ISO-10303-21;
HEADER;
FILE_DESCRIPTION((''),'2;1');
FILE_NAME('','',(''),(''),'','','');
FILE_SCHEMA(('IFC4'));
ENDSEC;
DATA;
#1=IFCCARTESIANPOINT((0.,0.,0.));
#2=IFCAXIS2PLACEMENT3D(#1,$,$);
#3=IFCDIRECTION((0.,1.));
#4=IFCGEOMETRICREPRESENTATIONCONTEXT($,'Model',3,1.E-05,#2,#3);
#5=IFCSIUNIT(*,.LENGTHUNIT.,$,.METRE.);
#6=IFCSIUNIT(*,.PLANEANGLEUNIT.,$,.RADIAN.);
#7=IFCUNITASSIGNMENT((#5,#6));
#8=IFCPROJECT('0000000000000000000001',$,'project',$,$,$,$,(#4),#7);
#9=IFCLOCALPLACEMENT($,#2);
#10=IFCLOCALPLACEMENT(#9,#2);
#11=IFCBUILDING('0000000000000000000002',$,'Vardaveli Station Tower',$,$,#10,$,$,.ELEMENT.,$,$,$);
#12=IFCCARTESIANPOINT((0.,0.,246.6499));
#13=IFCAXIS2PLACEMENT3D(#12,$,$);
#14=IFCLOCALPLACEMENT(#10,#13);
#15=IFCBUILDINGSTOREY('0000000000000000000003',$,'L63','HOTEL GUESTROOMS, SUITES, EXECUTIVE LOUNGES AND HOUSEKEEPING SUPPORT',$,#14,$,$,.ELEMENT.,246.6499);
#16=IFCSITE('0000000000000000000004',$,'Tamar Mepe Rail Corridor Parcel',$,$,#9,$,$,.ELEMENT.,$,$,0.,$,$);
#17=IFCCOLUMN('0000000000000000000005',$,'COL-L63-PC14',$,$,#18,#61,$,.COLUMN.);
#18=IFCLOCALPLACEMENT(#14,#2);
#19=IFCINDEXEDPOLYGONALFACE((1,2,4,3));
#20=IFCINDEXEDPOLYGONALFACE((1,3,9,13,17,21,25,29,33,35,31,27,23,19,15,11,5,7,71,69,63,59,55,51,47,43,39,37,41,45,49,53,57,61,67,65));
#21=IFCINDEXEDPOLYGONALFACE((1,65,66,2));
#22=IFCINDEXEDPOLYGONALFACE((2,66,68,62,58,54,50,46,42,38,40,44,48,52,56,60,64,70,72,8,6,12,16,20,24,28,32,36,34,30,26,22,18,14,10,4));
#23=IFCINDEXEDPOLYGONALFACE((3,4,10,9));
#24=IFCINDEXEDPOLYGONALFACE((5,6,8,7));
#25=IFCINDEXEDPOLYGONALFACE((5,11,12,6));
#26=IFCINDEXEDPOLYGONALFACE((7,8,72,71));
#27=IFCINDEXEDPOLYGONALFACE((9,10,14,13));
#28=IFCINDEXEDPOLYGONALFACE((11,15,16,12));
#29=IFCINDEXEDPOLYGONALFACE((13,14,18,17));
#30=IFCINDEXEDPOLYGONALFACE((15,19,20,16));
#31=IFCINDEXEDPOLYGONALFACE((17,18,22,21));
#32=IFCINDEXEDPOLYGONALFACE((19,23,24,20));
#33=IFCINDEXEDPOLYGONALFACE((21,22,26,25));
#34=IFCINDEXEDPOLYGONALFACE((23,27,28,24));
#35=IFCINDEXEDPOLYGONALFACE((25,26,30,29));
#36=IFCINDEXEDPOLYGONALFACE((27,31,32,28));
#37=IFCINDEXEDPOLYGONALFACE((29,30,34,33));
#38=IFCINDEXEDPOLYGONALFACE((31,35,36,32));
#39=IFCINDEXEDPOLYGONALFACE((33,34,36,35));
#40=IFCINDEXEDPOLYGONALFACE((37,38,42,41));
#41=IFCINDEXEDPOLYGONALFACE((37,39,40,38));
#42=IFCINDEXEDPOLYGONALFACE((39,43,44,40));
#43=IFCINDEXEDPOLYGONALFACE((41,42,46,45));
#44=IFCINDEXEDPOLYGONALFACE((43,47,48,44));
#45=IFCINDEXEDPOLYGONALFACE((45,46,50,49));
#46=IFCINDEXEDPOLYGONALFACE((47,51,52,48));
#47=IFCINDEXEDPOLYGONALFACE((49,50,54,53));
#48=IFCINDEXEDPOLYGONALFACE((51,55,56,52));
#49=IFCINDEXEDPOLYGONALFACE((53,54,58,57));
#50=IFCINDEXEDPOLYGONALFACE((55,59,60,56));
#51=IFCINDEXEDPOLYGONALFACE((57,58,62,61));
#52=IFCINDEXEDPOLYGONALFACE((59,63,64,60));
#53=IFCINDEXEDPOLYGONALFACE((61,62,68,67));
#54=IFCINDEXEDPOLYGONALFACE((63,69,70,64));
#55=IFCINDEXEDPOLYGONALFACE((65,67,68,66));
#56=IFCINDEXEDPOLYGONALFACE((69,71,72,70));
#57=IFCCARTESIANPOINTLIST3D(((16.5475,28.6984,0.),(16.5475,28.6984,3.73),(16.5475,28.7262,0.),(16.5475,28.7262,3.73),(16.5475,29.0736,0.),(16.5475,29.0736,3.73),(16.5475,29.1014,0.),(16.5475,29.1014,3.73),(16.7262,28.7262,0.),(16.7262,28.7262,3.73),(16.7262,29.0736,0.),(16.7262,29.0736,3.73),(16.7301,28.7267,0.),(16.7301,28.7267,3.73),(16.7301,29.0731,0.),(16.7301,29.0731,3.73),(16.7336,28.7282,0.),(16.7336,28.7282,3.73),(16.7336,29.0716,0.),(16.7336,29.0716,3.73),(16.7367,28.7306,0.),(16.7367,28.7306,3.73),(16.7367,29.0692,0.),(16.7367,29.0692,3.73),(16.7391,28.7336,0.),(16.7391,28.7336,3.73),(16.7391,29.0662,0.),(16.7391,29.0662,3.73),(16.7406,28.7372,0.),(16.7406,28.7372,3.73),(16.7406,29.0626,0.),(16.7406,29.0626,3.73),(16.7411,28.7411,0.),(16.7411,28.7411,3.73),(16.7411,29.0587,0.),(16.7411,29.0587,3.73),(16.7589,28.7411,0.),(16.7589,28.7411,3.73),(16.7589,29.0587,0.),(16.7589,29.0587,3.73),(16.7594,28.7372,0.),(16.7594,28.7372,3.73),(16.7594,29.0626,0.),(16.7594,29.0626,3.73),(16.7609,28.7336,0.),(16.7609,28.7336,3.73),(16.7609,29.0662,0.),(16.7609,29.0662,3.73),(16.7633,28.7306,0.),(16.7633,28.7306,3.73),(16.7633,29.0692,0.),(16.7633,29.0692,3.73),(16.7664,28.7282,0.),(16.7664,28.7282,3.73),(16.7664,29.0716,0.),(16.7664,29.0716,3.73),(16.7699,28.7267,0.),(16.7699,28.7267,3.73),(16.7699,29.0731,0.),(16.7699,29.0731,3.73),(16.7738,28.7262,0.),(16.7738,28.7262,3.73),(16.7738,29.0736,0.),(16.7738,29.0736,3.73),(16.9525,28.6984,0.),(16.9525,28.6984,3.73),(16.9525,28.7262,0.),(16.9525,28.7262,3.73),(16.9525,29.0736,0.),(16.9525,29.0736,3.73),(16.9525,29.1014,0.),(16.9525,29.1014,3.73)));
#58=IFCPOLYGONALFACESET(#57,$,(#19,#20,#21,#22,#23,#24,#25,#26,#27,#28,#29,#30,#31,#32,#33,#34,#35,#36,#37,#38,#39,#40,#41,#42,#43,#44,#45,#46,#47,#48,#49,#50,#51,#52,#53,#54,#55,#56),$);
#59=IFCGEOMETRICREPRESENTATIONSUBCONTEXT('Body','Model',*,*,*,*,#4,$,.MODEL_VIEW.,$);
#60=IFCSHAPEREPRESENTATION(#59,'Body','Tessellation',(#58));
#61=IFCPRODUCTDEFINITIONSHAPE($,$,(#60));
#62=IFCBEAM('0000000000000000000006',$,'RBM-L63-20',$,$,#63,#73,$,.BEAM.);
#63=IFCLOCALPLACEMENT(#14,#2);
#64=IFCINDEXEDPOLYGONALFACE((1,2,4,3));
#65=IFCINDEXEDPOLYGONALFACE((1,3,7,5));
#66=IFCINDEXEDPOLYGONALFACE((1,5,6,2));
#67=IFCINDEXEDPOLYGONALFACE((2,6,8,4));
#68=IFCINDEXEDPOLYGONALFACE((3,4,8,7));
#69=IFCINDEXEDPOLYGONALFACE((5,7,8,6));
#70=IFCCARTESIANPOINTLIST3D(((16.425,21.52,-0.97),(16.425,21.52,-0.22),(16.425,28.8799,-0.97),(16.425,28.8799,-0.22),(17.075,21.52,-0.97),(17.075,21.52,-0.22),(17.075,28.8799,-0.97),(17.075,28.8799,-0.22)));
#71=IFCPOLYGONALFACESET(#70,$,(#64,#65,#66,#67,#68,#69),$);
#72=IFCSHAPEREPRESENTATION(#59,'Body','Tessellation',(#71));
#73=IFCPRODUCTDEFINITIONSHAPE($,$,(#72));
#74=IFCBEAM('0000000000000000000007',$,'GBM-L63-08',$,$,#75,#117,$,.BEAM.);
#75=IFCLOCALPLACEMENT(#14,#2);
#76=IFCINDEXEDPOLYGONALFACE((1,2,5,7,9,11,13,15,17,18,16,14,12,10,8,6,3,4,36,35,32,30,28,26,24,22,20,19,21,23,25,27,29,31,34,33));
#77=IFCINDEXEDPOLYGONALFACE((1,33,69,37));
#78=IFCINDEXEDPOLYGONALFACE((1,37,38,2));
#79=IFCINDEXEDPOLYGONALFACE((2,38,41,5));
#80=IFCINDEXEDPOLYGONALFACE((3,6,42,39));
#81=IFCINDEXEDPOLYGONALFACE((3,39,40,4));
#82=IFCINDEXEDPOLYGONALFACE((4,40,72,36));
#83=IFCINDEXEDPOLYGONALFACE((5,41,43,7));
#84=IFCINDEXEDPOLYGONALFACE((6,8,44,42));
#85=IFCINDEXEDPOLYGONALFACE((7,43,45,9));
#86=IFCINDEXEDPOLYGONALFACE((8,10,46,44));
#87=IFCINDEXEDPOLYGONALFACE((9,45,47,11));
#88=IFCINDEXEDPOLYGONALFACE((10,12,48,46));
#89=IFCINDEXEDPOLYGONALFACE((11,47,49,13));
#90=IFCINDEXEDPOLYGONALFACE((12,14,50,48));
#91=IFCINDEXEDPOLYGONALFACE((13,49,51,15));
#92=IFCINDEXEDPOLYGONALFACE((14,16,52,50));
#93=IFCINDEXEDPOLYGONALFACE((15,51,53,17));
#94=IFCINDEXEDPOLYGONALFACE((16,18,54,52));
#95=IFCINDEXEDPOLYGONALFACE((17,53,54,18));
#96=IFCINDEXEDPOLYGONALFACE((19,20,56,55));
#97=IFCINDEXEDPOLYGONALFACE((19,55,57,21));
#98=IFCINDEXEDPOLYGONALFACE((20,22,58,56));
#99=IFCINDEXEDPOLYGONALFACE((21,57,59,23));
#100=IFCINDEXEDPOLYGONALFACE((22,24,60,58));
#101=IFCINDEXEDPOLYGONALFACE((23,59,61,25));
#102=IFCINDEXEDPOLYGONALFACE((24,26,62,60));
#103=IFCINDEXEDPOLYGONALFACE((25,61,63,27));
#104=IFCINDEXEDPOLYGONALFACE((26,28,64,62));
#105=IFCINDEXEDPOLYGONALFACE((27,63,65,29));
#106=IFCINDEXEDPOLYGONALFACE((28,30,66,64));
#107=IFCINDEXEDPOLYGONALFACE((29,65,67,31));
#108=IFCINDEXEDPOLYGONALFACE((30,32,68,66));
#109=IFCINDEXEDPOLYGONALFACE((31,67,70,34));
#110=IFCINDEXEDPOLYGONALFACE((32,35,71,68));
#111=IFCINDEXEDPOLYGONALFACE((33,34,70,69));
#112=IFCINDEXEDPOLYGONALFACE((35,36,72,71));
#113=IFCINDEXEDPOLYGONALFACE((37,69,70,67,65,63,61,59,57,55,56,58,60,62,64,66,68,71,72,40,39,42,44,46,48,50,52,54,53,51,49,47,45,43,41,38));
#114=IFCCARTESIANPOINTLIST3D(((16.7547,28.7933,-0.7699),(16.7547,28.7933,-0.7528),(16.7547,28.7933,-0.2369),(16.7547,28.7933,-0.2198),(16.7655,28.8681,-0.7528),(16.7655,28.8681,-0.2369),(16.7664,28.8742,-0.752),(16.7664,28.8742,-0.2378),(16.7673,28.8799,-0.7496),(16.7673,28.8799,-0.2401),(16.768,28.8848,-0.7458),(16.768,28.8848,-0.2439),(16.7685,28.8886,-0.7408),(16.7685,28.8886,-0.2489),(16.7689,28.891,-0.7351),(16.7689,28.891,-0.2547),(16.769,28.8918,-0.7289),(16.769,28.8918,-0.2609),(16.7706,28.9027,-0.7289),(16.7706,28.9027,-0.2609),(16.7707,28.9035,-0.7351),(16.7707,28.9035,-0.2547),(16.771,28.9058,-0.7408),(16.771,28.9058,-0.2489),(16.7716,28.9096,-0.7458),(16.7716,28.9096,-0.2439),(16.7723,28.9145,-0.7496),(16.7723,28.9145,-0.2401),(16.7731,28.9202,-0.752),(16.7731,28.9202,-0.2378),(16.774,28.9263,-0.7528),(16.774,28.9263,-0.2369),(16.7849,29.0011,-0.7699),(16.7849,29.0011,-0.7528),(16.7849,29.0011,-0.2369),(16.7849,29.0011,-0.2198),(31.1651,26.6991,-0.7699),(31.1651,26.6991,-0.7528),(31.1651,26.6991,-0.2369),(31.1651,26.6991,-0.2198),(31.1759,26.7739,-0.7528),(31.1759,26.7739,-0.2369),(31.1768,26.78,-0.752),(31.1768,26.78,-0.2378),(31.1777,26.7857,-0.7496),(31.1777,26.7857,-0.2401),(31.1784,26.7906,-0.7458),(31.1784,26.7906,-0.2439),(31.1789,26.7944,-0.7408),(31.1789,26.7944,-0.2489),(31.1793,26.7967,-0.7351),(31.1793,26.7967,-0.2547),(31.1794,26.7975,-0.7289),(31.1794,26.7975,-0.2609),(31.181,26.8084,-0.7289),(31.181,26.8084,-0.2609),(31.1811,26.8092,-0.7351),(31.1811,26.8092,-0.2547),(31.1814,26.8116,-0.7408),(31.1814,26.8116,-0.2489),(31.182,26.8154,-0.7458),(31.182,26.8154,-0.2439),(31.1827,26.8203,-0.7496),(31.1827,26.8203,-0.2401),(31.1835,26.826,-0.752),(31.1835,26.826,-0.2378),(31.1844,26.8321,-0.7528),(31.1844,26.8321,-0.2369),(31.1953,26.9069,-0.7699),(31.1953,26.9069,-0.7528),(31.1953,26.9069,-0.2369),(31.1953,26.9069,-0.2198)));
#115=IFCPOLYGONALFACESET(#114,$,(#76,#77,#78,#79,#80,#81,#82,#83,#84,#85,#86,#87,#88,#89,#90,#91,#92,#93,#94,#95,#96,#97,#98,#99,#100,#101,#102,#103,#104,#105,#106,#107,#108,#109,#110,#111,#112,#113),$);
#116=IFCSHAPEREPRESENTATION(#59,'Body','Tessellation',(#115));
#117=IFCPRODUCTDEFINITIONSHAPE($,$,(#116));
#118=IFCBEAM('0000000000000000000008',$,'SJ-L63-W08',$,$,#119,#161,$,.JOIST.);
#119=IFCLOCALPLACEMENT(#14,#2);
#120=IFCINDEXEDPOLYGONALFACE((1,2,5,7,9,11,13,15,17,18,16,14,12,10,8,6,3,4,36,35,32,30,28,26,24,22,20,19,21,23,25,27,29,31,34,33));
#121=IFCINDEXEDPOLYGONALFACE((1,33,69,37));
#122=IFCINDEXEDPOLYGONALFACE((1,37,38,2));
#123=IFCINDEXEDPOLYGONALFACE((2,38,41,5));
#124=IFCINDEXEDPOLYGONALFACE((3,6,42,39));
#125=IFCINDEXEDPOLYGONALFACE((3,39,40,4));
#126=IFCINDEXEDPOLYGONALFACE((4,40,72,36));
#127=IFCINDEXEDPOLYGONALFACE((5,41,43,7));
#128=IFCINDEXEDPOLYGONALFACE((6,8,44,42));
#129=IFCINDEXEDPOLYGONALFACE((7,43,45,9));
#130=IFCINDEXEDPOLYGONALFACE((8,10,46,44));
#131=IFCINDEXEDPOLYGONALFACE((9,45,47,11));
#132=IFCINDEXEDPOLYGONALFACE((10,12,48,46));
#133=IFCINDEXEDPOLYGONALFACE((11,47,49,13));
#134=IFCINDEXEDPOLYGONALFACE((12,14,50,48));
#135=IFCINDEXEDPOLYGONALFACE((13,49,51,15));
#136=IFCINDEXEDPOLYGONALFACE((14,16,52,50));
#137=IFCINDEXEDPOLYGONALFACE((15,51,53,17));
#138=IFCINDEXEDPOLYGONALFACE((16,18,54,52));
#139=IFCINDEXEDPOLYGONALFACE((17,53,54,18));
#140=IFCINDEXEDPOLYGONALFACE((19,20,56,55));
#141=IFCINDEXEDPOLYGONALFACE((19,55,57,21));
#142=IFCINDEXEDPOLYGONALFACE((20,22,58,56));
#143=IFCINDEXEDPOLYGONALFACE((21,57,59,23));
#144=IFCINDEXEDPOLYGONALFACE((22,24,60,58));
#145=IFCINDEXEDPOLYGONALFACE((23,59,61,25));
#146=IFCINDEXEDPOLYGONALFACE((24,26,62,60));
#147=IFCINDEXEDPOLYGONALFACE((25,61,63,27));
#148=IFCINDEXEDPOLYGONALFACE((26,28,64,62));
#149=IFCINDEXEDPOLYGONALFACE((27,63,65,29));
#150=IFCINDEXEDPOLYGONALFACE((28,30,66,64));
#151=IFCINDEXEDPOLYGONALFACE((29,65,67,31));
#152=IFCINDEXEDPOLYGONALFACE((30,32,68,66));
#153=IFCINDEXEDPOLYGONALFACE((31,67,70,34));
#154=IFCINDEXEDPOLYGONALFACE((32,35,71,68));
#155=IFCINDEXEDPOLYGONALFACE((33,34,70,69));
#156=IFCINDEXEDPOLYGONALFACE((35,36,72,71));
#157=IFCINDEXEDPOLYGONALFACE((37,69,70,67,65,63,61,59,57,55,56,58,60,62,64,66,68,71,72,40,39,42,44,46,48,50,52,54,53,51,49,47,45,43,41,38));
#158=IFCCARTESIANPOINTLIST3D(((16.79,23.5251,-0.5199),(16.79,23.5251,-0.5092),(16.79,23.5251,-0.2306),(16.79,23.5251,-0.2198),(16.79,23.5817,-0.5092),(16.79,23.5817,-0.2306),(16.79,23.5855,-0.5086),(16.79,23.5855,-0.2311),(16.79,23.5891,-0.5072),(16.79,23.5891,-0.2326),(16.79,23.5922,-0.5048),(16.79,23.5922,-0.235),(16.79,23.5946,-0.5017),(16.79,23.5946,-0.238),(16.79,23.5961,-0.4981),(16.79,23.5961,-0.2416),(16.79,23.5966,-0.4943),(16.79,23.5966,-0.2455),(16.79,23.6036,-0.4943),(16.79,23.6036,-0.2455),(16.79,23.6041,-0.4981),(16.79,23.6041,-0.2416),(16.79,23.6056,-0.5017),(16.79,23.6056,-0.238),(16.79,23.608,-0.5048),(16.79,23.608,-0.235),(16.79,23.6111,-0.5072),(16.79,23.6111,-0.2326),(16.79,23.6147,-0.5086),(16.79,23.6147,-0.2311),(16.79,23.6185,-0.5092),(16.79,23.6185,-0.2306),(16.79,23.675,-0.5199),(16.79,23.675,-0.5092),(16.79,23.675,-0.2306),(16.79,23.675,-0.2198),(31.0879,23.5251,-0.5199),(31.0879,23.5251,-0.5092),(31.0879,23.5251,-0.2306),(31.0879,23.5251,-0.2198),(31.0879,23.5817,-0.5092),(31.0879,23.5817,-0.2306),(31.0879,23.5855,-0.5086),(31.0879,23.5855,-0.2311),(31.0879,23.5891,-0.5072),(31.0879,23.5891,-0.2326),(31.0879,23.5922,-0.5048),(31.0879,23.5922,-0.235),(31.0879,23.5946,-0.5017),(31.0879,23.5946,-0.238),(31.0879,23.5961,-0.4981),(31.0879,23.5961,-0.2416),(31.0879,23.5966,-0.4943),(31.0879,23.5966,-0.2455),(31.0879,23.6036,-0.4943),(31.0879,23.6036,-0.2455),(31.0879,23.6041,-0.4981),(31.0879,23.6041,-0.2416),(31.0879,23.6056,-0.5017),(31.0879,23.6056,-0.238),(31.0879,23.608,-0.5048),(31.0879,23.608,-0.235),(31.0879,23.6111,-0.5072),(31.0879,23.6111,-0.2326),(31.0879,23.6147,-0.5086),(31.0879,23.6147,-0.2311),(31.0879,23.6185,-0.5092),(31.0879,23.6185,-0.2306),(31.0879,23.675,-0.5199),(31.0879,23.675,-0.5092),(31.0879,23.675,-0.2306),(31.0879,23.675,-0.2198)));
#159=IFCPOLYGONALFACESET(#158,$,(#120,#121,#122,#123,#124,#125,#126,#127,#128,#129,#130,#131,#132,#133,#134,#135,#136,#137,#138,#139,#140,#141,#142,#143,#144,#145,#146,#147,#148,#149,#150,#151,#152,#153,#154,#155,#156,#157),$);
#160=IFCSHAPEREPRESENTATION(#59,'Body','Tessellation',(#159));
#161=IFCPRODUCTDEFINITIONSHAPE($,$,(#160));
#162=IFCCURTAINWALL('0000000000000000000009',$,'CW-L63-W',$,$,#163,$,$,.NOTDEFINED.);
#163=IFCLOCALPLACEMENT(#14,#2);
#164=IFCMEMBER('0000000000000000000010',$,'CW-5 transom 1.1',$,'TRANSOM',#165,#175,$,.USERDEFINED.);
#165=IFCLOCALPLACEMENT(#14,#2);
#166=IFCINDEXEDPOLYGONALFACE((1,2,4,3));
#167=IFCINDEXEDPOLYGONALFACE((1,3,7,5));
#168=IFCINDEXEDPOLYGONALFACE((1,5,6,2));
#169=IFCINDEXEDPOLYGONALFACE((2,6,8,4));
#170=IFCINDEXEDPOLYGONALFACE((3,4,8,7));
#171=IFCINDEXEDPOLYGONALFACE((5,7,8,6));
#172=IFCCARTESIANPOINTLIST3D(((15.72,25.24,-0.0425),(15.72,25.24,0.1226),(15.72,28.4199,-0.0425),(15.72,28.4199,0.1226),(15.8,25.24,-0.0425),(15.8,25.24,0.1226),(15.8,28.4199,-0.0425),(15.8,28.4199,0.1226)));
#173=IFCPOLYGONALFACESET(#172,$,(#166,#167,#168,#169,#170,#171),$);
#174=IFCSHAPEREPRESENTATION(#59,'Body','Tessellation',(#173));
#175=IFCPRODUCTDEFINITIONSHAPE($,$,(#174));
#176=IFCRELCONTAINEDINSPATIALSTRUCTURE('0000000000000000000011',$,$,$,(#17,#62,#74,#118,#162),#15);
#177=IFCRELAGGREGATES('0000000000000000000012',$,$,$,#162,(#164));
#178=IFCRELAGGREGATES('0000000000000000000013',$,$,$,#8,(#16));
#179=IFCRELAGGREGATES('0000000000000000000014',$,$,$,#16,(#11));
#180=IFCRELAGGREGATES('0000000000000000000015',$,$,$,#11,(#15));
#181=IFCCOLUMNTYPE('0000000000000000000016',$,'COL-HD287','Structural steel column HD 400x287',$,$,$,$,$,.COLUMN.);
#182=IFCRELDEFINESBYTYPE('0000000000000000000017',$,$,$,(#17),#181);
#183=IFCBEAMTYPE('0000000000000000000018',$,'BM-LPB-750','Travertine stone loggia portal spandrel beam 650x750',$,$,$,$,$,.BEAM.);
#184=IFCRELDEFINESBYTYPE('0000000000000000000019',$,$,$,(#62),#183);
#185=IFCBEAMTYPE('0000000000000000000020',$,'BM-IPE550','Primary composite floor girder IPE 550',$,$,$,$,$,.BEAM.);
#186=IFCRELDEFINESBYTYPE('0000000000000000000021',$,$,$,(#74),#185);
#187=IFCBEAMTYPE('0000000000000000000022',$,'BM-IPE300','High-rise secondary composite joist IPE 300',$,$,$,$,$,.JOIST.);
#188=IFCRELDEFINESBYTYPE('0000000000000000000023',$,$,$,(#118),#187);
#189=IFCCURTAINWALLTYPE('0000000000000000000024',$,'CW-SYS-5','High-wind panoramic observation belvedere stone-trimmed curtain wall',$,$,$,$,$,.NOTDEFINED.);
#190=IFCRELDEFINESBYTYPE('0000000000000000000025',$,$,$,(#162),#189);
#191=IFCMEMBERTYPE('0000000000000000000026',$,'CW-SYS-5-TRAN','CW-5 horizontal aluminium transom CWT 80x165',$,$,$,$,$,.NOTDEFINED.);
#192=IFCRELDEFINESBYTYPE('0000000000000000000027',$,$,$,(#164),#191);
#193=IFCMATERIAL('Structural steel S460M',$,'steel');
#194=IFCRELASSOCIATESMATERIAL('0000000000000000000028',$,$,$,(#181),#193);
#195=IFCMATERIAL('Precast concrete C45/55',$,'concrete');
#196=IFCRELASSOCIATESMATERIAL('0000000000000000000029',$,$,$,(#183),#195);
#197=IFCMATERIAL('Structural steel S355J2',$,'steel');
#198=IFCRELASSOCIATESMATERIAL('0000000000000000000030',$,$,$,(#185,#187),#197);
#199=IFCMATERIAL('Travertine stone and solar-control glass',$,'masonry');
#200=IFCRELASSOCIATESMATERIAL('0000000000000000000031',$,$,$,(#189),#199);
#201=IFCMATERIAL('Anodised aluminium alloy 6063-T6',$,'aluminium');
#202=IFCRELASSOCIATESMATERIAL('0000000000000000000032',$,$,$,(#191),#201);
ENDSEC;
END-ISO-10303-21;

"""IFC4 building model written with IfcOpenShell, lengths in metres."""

from ifc_helpers import new_model, si_unit, direction, frame, origin, origin_2d, place, context, subcontext, project, spatial, rectangle, i_section, extrude, source, transform, mapped, material, material_profile, profile_set, type_object, element, aggregate, save


model = new_model("IFC4")

# Units and contexts
model_context = context("Model", 3, precision=1e-05, world=origin(), true_north=direction((0.0, 1.0)))
body_context = subcontext(model_context, "Body", "Model", "MODEL_VIEW")
ifc_project = project(units=[si_unit("LENGTHUNIT", "METRE"), si_unit("PLANEANGLEUNIT", "RADIAN")], contexts=[model_context])

# Site, building, storey
site_placement = place(None, origin())
site = spatial("IfcSite", under=ifc_project, at=site_placement, Name="Tamar Mepe Rail Corridor Parcel", CompositionType="ELEMENT", RefElevation=0.0)
building_placement = place(site_placement, origin())
building = spatial("IfcBuilding", under=site, at=building_placement, Name="Vardaveli Station Tower", CompositionType="ELEMENT")
storey_placement = place(building_placement, frame((0.0, 0.0, 246.6499)))
storey = spatial("IfcBuildingStorey", under=building, at=storey_placement, Name="L63", Description="HOTEL GUESTROOMS, SUITES, EXECUTIVE LOUNGES AND HOUSEKEEPING SUPPORT", CompositionType="ELEMENT", Elevation=246.6499)

# Column
ifc_material_1 = material(Name="Structural steel S460M", Category="steel")
ifc_material_profile_1 = material_profile(ifc_material_1, i_section(OverallWidth=0.405, OverallDepth=0.4031, WebThickness=0.0178, FlangeThickness=0.0278, FilletRadius=0.0149, at=origin_2d()), Name="HD 400x287")
ifc_profile_set_1 = profile_set([ifc_material_profile_1], Name="Structural steel S460M")
column_type = type_object("IfcColumnType", Name="COL-HD287", Description="Structural steel column HD 400x287", PredefinedType="COLUMN", material=ifc_profile_set_1)
shared_shape_1 = source(origin(), body_context, "Body", "SweptSolid", [
    extrude(i_section(OverallWidth=0.405, OverallDepth=0.4031, WebThickness=0.0178, FlangeThickness=0.0278, FilletRadius=0.0149, at=origin_2d()), origin(), (0.0, 0.0, 1.0), 3.73),
])
column_placement = place(storey_placement, frame((16.75, 28.8999, 0.0), z_axis=(0.0, 0.0, 1.0), x_axis=(1.0, 0.0, 0.0)))
element("IfcColumn", 1, at=column_placement, inside=storey, type_object=column_type, Name="COL-L63-PC14", PredefinedType="COLUMN", context=body_context, shape_type="MappedRepresentation", body=[
    mapped(shared_shape_1, transform((0.0, 0.0, 0.0), scale=1.0)),
])

# Beams
ifc_material_2 = material(Name="Precast concrete C45/55", Category="concrete")
ifc_material_profile_2 = material_profile(ifc_material_2, rectangle(XDim=0.6499, YDim=0.75, at=origin_2d()), Name="LPB 650x750")
ifc_profile_set_2 = profile_set([ifc_material_profile_2], Name="Precast concrete C45/55")
beam_type_1 = type_object("IfcBeamType", Name="BM-LPB-750", Description="Travertine stone loggia portal spandrel beam 650x750", PredefinedType="BEAM", material=ifc_profile_set_2)
shared_shape_2 = source(origin(), body_context, "Body", "SweptSolid", [
    extrude(rectangle(XDim=0.6499, YDim=0.75, at=origin_2d()), origin(), (0.0, 0.0, 1.0), 7.3599),
])
beam_1_placement = place(storey_placement, frame((16.75, 28.8799, -0.595), z_axis=(0.0, -1.0, 0.0), x_axis=(1.0, 0.0, 0.0)))
element("IfcBeam", 2, at=beam_1_placement, inside=storey, type_object=beam_type_1, Name="RBM-L63-20", PredefinedType="BEAM", context=body_context, shape_type="MappedRepresentation", body=[
    mapped(shared_shape_2, transform((0.0, 0.0, 0.0), scale=1.0)),
])
ifc_material_3 = material(Name="Structural steel S355J2", Category="steel")
ifc_material_profile_3 = material_profile(ifc_material_3, i_section(OverallWidth=0.21, OverallDepth=0.55, WebThickness=0.011, FlangeThickness=0.0171, FilletRadius=0.0239, at=origin_2d()), Name="IPE 550")
ifc_profile_set_3 = profile_set([ifc_material_profile_3], Name="Structural steel S355J2")
beam_type_2 = type_object("IfcBeamType", Name="BM-IPE550", Description="Primary composite floor girder IPE 550", PredefinedType="BEAM", material=ifc_profile_set_3)
shared_shape_3 = source(origin(), body_context, "Body", "SweptSolid", [
    extrude(i_section(OverallWidth=0.21, OverallDepth=0.55, WebThickness=0.011, FlangeThickness=0.0171, FilletRadius=0.0239, at=origin_2d()), origin(), (0.0, 0.0, 1.0), 14.5618),
])
beam_2_placement = place(storey_placement, frame((16.7698, 28.8972, -0.4949), z_axis=(0.989604, -0.143817, 0.0), x_axis=(0.143817, 0.989604, 0.0)))
element("IfcBeam", 3, at=beam_2_placement, inside=storey, type_object=beam_type_2, Name="GBM-L63-08", PredefinedType="BEAM", context=body_context, shape_type="MappedRepresentation", body=[
    mapped(shared_shape_3, transform((0.0, 0.0, 0.0), scale=1.0)),
])
ifc_material_profile_4 = material_profile(ifc_material_3, i_section(OverallWidth=0.1499, OverallDepth=0.3, WebThickness=0.0071, FlangeThickness=0.0107, FilletRadius=0.0149, at=origin_2d()), Name="IPE 300")
ifc_profile_set_4 = profile_set([ifc_material_profile_4], Name="Structural steel S355J2")
beam_type_3 = type_object("IfcBeamType", Name="BM-IPE300", Description="High-rise secondary composite joist IPE 300", PredefinedType="JOIST", material=ifc_profile_set_4)
shared_shape_4 = source(origin(), body_context, "Body", "SweptSolid", [
    extrude(i_section(OverallWidth=0.1499, OverallDepth=0.3, WebThickness=0.0071, FlangeThickness=0.0107, FilletRadius=0.0149, at=origin_2d()), origin(), (0.0, 0.0, 1.0), 14.2979),
])
beam_3_placement = place(storey_placement, frame((16.79, 23.6001, -0.3699), z_axis=(1.0, 0.0, 0.0), x_axis=(0.0, 1.0, 0.0)))
element("IfcBeam", 4, at=beam_3_placement, inside=storey, type_object=beam_type_3, Name="SJ-L63-W08", PredefinedType="JOIST", context=body_context, shape_type="MappedRepresentation", body=[
    mapped(shared_shape_4, transform((0.0, 0.0, 0.0), scale=1.0)),
])

# Curtain wall, member
ifc_material_4 = material(Name="Travertine stone and solar-control glass", Category="masonry")
curtain_wall_type = type_object("IfcCurtainWallType", Name="CW-SYS-5", Description="High-wind panoramic observation belvedere stone-trimmed curtain wall", PredefinedType="NOTDEFINED", material=ifc_material_4)
curtain_wall_placement = place(storey_placement, origin())
curtain_wall = element("IfcCurtainWall", 5, at=curtain_wall_placement, inside=storey, type_object=curtain_wall_type, Name="CW-L63-W", PredefinedType="NOTDEFINED")
ifc_material_5 = material(Name="Anodised aluminium alloy 6063-T6", Category="aluminium")
ifc_material_profile_5 = material_profile(ifc_material_5, rectangle(XDim=0.0801, YDim=0.165, at=origin_2d()), Name="CWT 80x165")
ifc_profile_set_5 = profile_set([ifc_material_profile_5], Name="Anodised aluminium alloy 6063-T6")
member_type_1 = type_object("IfcMemberType", Name="CW-SYS-5-TRAN", Description="CW-5 horizontal aluminium transom CWT 80x165", PredefinedType="NOTDEFINED", material=ifc_profile_set_5)
shared_shape_5 = source(origin(), body_context, "Body", "SweptSolid", [
    extrude(rectangle(XDim=0.0801, YDim=0.165, at=origin_2d()), origin(), (0.0, 0.0, 1.0), 3.1799),
])
member_1_placement = place(storey_placement, frame((15.76, 28.4199, 0.04), z_axis=(0.0, -1.0, 0.0), x_axis=(1.0, 0.0, 0.0)))
member_1 = element("IfcMember", 6, at=member_1_placement, type_object=member_type_1, Name="CW-5 transom 1.1", ObjectType="TRANSOM", PredefinedType="USERDEFINED", context=body_context, shape_type="MappedRepresentation", body=[
    mapped(shared_shape_5, transform((0.0, 0.0, 0.0), scale=1.0)),
])
aggregate(curtain_wall, [member_1])

save(model, "model.ifc")
